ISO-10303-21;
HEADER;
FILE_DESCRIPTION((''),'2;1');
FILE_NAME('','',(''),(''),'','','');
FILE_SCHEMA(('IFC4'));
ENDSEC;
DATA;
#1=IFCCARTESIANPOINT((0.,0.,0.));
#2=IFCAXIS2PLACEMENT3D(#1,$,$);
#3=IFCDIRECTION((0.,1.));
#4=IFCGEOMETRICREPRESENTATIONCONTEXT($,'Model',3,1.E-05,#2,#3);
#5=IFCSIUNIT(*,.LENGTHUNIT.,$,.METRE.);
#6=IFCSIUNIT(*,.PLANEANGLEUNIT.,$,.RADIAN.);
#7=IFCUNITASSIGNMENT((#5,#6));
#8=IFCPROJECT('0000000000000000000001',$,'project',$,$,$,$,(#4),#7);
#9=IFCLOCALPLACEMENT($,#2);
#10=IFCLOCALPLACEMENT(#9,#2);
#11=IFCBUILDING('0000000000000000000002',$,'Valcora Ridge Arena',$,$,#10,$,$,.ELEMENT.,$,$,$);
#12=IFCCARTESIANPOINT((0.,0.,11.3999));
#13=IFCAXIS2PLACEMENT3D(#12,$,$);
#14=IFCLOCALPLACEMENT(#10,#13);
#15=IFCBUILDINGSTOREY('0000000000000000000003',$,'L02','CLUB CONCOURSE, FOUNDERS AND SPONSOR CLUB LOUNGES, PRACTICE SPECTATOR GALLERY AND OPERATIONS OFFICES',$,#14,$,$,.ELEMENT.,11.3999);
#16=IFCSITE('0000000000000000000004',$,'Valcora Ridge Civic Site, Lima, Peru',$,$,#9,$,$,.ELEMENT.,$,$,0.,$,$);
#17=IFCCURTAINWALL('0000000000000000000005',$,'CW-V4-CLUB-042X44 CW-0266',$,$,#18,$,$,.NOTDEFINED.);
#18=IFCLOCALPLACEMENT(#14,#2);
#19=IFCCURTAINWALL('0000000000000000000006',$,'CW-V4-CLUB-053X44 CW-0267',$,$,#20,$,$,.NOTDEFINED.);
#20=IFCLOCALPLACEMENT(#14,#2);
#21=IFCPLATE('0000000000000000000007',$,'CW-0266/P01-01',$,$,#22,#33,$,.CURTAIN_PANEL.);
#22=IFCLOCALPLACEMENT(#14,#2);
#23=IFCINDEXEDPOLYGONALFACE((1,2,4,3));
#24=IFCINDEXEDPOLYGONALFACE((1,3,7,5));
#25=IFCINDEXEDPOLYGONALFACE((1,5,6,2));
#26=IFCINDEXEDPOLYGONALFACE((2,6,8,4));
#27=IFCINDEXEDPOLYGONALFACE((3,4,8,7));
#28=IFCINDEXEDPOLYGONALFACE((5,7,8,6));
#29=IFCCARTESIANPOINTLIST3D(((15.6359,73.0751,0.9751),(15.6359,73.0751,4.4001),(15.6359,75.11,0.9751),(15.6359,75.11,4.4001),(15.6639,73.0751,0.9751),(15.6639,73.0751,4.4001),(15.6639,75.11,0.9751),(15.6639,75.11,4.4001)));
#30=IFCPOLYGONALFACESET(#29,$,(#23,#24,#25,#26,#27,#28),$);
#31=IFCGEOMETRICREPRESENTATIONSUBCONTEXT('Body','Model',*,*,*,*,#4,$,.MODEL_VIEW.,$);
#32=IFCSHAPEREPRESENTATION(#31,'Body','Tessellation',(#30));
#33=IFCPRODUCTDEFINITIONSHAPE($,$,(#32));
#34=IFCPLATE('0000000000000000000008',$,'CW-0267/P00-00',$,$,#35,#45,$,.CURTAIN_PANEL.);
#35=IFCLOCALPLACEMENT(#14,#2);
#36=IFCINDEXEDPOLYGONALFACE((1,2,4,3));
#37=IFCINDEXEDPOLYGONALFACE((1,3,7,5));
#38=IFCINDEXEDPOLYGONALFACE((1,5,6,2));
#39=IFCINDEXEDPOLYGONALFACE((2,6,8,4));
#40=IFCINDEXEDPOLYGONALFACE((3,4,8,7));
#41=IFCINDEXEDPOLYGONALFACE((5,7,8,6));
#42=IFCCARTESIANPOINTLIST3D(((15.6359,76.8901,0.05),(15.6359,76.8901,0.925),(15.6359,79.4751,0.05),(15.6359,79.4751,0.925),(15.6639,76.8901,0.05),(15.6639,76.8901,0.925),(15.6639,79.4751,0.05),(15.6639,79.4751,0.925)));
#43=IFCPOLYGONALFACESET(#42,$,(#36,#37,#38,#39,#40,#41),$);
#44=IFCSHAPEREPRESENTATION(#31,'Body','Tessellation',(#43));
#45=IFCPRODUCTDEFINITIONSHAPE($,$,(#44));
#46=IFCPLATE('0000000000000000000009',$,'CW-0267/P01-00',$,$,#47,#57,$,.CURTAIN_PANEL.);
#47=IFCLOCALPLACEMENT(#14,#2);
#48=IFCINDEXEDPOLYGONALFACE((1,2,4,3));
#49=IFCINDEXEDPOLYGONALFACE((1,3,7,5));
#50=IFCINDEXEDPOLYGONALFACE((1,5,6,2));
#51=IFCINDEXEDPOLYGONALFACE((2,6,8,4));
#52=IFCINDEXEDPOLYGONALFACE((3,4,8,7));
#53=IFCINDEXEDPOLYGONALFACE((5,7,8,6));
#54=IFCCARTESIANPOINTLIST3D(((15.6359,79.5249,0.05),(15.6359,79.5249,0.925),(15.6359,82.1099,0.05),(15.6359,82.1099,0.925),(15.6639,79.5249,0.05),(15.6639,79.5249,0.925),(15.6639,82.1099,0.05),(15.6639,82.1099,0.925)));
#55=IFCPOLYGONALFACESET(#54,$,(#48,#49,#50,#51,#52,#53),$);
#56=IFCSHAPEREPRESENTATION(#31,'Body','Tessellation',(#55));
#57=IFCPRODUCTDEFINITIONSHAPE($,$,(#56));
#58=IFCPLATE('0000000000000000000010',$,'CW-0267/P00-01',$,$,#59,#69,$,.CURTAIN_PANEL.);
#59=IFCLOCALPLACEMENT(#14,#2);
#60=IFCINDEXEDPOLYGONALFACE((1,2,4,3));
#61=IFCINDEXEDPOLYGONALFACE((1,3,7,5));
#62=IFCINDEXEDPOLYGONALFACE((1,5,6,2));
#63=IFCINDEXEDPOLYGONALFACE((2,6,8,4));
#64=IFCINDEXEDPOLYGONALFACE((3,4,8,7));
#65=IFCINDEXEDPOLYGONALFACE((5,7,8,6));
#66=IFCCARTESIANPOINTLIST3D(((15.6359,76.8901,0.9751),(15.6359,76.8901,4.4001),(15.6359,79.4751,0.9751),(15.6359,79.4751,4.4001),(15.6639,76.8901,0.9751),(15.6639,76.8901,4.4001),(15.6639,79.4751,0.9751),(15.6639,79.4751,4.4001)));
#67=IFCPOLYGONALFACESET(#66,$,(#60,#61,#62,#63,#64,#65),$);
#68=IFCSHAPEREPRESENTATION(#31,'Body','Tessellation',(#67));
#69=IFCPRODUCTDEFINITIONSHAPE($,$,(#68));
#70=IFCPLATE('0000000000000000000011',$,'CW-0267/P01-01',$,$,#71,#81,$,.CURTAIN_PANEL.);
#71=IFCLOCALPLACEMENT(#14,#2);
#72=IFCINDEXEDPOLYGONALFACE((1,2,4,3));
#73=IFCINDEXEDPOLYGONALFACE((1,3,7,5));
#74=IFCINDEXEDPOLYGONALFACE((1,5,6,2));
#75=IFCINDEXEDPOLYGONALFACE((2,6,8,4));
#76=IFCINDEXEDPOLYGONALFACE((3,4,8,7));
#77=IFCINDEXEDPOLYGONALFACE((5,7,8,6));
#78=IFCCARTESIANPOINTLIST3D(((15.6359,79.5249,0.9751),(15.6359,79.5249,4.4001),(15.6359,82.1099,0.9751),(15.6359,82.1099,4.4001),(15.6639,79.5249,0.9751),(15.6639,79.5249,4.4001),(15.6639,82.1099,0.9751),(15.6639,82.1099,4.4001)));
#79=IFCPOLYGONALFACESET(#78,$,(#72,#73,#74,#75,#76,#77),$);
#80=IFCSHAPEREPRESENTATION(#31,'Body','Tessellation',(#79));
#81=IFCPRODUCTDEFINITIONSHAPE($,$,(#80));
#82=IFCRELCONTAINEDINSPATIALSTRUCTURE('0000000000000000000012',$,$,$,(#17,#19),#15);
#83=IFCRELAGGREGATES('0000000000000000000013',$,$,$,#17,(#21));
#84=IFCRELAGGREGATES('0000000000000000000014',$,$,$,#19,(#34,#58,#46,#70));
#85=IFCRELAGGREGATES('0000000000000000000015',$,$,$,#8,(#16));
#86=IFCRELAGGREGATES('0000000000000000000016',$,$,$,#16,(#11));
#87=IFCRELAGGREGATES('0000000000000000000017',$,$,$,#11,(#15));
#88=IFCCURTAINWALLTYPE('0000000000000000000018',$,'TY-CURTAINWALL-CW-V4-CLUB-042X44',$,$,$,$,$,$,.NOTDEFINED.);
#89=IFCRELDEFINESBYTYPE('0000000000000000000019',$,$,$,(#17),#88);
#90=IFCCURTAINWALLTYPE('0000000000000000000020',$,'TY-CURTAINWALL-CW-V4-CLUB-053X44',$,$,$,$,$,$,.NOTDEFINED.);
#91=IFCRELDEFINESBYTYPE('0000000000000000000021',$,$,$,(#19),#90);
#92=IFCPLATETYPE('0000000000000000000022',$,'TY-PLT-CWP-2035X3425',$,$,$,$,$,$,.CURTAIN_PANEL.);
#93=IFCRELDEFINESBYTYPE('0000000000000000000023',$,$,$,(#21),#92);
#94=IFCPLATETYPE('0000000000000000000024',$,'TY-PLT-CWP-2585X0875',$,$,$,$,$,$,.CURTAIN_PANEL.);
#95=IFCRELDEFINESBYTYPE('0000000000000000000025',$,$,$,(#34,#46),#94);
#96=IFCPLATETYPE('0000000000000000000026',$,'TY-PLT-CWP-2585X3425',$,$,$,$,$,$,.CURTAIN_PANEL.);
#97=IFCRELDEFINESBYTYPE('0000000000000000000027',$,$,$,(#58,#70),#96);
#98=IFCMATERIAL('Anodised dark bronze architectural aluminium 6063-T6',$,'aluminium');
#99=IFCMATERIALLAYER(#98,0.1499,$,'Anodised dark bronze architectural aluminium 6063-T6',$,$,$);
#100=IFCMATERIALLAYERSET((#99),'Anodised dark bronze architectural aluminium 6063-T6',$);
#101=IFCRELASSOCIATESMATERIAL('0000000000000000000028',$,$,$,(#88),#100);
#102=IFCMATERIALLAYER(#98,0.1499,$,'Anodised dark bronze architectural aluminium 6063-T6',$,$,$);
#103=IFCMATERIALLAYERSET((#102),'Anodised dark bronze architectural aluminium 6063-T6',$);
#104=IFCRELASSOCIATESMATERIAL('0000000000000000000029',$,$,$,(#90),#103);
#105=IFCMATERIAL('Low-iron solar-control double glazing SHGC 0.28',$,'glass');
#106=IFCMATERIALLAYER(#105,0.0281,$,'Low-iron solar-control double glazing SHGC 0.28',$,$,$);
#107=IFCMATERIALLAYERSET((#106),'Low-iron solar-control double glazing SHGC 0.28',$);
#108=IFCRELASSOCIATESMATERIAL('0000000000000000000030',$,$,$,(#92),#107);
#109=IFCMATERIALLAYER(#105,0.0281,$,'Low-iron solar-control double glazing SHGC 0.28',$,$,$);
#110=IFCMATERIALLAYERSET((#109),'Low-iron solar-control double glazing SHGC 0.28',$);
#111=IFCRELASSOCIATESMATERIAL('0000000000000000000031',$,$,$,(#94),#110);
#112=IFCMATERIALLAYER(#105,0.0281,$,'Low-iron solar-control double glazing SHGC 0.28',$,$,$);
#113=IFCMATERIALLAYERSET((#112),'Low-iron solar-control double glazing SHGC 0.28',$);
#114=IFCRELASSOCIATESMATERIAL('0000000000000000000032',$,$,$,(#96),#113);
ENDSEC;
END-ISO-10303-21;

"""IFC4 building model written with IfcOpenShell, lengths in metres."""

from ifc_helpers import new_model, si_unit, direction, frame, origin, origin_2d, place, context, subcontext, project, spatial, rectangle, extrude, material, layer, layer_set, type_object, element, aggregate, save


model = new_model("IFC4")

# Units and contexts
model_context = context("Model", 3, precision=1e-05, world=origin(), true_north=direction((0.0, 1.0)))
body_context = subcontext(model_context, "Body", "Model", "MODEL_VIEW")
ifc_project = project(units=[si_unit("LENGTHUNIT", "METRE"), si_unit("PLANEANGLEUNIT", "RADIAN")], contexts=[model_context])

# Site, building, storey
site_placement = place(None, origin())
site = spatial("IfcSite", under=ifc_project, at=site_placement, Name="Valcora Ridge Civic Site, Lima, Peru", CompositionType="ELEMENT", RefElevation=0.0)
building_placement = place(site_placement, origin())
building = spatial("IfcBuilding", under=site, at=building_placement, Name="Valcora Ridge Arena", CompositionType="ELEMENT")
storey_placement = place(building_placement, frame((0.0, 0.0, 11.3999)))
storey = spatial("IfcBuildingStorey", under=building, at=storey_placement, Name="L02", Description="CLUB CONCOURSE, FOUNDERS AND SPONSOR CLUB LOUNGES, PRACTICE SPECTATOR GALLERY AND OPERATIONS OFFICES", CompositionType="ELEMENT", Elevation=11.3999)

# Curtain walls
ifc_material_1 = material(Name="Anodised dark bronze architectural aluminium 6063-T6", Category="aluminium")
ifc_layer_1 = layer(ifc_material_1, 0.1499, Name="Anodised dark bronze architectural aluminium 6063-T6")
ifc_layer_set_1 = layer_set([ifc_layer_1], Name="Anodised dark bronze architectural aluminium 6063-T6")
curtain_wall_type_1 = type_object("IfcCurtainWallType", Name="TY-CURTAINWALL-CW-V4-CLUB-042X44", PredefinedType="NOTDEFINED", material=ifc_layer_set_1)
curtain_wall_1_placement = place(storey_placement, origin())
curtain_wall_1 = element("IfcCurtainWall", 1, at=curtain_wall_1_placement, inside=storey, type_object=curtain_wall_type_1, Name="CW-V4-CLUB-042X44 CW-0266", PredefinedType="NOTDEFINED")
ifc_layer_2 = layer(ifc_material_1, 0.1499, Name="Anodised dark bronze architectural aluminium 6063-T6")
ifc_layer_set_2 = layer_set([ifc_layer_2], Name="Anodised dark bronze architectural aluminium 6063-T6")
curtain_wall_type_2 = type_object("IfcCurtainWallType", Name="TY-CURTAINWALL-CW-V4-CLUB-053X44", PredefinedType="NOTDEFINED", material=ifc_layer_set_2)
curtain_wall_2_placement = place(storey_placement, origin())
curtain_wall_2 = element("IfcCurtainWall", 2, at=curtain_wall_2_placement, inside=storey, type_object=curtain_wall_type_2, Name="CW-V4-CLUB-053X44 CW-0267", PredefinedType="NOTDEFINED")

# Plates
ifc_material_2 = material(Name="Low-iron solar-control double glazing SHGC 0.28", Category="glass")
ifc_layer_3 = layer(ifc_material_2, 0.0281, Name="Low-iron solar-control double glazing SHGC 0.28")
ifc_layer_set_3 = layer_set([ifc_layer_3], Name="Low-iron solar-control double glazing SHGC 0.28")
plate_type_1 = type_object("IfcPlateType", Name="TY-PLT-CWP-2035X3425", PredefinedType="CURTAIN_PANEL", material=ifc_layer_set_3)
plate_1_placement = place(storey_placement, frame((15.6499, 74.0925, 0.9751), z_axis=(0.0, 0.0, 1.0), x_axis=(0.0, 1.0, 0.0)))
plate_1 = element("IfcPlate", 3, at=plate_1_placement, type_object=plate_type_1, Name="CW-0266/P01-01", PredefinedType="CURTAIN_PANEL", context=body_context, shape_type="SweptSolid", body=[
    extrude(rectangle(XDim=2.0349, YDim=0.0281, at=origin_2d()), origin(), (0.0, 0.0, 1.0), 3.425),
])
aggregate(curtain_wall_1, [plate_1])
ifc_layer_4 = layer(ifc_material_2, 0.0281, Name="Low-iron solar-control double glazing SHGC 0.28")
ifc_layer_set_4 = layer_set([ifc_layer_4], Name="Low-iron solar-control double glazing SHGC 0.28")
plate_type_2 = type_object("IfcPlateType", Name="TY-PLT-CWP-2585X0875", PredefinedType="CURTAIN_PANEL", material=ifc_layer_set_4)
plate_2_placement = place(storey_placement, frame((15.6499, 78.1826, 0.05), z_axis=(0.0, 0.0, 1.0), x_axis=(0.0, 1.0, 0.0)))
plate_2 = element("IfcPlate", 4, at=plate_2_placement, type_object=plate_type_2, Name="CW-0267/P00-00", PredefinedType="CURTAIN_PANEL", context=body_context, shape_type="SweptSolid", body=[
    extrude(rectangle(XDim=2.585, YDim=0.0281, at=origin_2d()), origin(), (0.0, 0.0, 1.0), 0.875),
])
plate_3_placement = place(storey_placement, frame((15.6499, 80.8174, 0.05), z_axis=(0.0, 0.0, 1.0), x_axis=(0.0, 1.0, 0.0)))
plate_3 = element("IfcPlate", 5, at=plate_3_placement, type_object=plate_type_2, Name="CW-0267/P01-00", PredefinedType="CURTAIN_PANEL", context=body_context, shape_type="SweptSolid", body=[
    extrude(rectangle(XDim=2.585, YDim=0.0281, at=origin_2d()), origin(), (0.0, 0.0, 1.0), 0.875),
])
ifc_layer_5 = layer(ifc_material_2, 0.0281, Name="Low-iron solar-control double glazing SHGC 0.28")
ifc_layer_set_5 = layer_set([ifc_layer_5], Name="Low-iron solar-control double glazing SHGC 0.28")
plate_type_3 = type_object("IfcPlateType", Name="TY-PLT-CWP-2585X3425", PredefinedType="CURTAIN_PANEL", material=ifc_layer_set_5)
plate_4_placement = place(storey_placement, frame((15.6499, 78.1826, 0.9751), z_axis=(0.0, 0.0, 1.0), x_axis=(0.0, 1.0, 0.0)))
plate_4 = element("IfcPlate", 6, at=plate_4_placement, type_object=plate_type_3, Name="CW-0267/P00-01", PredefinedType="CURTAIN_PANEL", context=body_context, shape_type="SweptSolid", body=[
    extrude(rectangle(XDim=2.585, YDim=0.0281, at=origin_2d()), origin(), (0.0, 0.0, 1.0), 3.425),
])
plate_5_placement = place(storey_placement, frame((15.6499, 80.8174, 0.9751), z_axis=(0.0, 0.0, 1.0), x_axis=(0.0, 1.0, 0.0)))
plate_5 = element("IfcPlate", 7, at=plate_5_placement, type_object=plate_type_3, Name="CW-0267/P01-01", PredefinedType="CURTAIN_PANEL", context=body_context, shape_type="SweptSolid", body=[
    extrude(rectangle(XDim=2.585, YDim=0.0281, at=origin_2d()), origin(), (0.0, 0.0, 1.0), 3.425),
])
aggregate(curtain_wall_2, [plate_2, plate_4, plate_3, plate_5])

save(model, "model.ifc")
